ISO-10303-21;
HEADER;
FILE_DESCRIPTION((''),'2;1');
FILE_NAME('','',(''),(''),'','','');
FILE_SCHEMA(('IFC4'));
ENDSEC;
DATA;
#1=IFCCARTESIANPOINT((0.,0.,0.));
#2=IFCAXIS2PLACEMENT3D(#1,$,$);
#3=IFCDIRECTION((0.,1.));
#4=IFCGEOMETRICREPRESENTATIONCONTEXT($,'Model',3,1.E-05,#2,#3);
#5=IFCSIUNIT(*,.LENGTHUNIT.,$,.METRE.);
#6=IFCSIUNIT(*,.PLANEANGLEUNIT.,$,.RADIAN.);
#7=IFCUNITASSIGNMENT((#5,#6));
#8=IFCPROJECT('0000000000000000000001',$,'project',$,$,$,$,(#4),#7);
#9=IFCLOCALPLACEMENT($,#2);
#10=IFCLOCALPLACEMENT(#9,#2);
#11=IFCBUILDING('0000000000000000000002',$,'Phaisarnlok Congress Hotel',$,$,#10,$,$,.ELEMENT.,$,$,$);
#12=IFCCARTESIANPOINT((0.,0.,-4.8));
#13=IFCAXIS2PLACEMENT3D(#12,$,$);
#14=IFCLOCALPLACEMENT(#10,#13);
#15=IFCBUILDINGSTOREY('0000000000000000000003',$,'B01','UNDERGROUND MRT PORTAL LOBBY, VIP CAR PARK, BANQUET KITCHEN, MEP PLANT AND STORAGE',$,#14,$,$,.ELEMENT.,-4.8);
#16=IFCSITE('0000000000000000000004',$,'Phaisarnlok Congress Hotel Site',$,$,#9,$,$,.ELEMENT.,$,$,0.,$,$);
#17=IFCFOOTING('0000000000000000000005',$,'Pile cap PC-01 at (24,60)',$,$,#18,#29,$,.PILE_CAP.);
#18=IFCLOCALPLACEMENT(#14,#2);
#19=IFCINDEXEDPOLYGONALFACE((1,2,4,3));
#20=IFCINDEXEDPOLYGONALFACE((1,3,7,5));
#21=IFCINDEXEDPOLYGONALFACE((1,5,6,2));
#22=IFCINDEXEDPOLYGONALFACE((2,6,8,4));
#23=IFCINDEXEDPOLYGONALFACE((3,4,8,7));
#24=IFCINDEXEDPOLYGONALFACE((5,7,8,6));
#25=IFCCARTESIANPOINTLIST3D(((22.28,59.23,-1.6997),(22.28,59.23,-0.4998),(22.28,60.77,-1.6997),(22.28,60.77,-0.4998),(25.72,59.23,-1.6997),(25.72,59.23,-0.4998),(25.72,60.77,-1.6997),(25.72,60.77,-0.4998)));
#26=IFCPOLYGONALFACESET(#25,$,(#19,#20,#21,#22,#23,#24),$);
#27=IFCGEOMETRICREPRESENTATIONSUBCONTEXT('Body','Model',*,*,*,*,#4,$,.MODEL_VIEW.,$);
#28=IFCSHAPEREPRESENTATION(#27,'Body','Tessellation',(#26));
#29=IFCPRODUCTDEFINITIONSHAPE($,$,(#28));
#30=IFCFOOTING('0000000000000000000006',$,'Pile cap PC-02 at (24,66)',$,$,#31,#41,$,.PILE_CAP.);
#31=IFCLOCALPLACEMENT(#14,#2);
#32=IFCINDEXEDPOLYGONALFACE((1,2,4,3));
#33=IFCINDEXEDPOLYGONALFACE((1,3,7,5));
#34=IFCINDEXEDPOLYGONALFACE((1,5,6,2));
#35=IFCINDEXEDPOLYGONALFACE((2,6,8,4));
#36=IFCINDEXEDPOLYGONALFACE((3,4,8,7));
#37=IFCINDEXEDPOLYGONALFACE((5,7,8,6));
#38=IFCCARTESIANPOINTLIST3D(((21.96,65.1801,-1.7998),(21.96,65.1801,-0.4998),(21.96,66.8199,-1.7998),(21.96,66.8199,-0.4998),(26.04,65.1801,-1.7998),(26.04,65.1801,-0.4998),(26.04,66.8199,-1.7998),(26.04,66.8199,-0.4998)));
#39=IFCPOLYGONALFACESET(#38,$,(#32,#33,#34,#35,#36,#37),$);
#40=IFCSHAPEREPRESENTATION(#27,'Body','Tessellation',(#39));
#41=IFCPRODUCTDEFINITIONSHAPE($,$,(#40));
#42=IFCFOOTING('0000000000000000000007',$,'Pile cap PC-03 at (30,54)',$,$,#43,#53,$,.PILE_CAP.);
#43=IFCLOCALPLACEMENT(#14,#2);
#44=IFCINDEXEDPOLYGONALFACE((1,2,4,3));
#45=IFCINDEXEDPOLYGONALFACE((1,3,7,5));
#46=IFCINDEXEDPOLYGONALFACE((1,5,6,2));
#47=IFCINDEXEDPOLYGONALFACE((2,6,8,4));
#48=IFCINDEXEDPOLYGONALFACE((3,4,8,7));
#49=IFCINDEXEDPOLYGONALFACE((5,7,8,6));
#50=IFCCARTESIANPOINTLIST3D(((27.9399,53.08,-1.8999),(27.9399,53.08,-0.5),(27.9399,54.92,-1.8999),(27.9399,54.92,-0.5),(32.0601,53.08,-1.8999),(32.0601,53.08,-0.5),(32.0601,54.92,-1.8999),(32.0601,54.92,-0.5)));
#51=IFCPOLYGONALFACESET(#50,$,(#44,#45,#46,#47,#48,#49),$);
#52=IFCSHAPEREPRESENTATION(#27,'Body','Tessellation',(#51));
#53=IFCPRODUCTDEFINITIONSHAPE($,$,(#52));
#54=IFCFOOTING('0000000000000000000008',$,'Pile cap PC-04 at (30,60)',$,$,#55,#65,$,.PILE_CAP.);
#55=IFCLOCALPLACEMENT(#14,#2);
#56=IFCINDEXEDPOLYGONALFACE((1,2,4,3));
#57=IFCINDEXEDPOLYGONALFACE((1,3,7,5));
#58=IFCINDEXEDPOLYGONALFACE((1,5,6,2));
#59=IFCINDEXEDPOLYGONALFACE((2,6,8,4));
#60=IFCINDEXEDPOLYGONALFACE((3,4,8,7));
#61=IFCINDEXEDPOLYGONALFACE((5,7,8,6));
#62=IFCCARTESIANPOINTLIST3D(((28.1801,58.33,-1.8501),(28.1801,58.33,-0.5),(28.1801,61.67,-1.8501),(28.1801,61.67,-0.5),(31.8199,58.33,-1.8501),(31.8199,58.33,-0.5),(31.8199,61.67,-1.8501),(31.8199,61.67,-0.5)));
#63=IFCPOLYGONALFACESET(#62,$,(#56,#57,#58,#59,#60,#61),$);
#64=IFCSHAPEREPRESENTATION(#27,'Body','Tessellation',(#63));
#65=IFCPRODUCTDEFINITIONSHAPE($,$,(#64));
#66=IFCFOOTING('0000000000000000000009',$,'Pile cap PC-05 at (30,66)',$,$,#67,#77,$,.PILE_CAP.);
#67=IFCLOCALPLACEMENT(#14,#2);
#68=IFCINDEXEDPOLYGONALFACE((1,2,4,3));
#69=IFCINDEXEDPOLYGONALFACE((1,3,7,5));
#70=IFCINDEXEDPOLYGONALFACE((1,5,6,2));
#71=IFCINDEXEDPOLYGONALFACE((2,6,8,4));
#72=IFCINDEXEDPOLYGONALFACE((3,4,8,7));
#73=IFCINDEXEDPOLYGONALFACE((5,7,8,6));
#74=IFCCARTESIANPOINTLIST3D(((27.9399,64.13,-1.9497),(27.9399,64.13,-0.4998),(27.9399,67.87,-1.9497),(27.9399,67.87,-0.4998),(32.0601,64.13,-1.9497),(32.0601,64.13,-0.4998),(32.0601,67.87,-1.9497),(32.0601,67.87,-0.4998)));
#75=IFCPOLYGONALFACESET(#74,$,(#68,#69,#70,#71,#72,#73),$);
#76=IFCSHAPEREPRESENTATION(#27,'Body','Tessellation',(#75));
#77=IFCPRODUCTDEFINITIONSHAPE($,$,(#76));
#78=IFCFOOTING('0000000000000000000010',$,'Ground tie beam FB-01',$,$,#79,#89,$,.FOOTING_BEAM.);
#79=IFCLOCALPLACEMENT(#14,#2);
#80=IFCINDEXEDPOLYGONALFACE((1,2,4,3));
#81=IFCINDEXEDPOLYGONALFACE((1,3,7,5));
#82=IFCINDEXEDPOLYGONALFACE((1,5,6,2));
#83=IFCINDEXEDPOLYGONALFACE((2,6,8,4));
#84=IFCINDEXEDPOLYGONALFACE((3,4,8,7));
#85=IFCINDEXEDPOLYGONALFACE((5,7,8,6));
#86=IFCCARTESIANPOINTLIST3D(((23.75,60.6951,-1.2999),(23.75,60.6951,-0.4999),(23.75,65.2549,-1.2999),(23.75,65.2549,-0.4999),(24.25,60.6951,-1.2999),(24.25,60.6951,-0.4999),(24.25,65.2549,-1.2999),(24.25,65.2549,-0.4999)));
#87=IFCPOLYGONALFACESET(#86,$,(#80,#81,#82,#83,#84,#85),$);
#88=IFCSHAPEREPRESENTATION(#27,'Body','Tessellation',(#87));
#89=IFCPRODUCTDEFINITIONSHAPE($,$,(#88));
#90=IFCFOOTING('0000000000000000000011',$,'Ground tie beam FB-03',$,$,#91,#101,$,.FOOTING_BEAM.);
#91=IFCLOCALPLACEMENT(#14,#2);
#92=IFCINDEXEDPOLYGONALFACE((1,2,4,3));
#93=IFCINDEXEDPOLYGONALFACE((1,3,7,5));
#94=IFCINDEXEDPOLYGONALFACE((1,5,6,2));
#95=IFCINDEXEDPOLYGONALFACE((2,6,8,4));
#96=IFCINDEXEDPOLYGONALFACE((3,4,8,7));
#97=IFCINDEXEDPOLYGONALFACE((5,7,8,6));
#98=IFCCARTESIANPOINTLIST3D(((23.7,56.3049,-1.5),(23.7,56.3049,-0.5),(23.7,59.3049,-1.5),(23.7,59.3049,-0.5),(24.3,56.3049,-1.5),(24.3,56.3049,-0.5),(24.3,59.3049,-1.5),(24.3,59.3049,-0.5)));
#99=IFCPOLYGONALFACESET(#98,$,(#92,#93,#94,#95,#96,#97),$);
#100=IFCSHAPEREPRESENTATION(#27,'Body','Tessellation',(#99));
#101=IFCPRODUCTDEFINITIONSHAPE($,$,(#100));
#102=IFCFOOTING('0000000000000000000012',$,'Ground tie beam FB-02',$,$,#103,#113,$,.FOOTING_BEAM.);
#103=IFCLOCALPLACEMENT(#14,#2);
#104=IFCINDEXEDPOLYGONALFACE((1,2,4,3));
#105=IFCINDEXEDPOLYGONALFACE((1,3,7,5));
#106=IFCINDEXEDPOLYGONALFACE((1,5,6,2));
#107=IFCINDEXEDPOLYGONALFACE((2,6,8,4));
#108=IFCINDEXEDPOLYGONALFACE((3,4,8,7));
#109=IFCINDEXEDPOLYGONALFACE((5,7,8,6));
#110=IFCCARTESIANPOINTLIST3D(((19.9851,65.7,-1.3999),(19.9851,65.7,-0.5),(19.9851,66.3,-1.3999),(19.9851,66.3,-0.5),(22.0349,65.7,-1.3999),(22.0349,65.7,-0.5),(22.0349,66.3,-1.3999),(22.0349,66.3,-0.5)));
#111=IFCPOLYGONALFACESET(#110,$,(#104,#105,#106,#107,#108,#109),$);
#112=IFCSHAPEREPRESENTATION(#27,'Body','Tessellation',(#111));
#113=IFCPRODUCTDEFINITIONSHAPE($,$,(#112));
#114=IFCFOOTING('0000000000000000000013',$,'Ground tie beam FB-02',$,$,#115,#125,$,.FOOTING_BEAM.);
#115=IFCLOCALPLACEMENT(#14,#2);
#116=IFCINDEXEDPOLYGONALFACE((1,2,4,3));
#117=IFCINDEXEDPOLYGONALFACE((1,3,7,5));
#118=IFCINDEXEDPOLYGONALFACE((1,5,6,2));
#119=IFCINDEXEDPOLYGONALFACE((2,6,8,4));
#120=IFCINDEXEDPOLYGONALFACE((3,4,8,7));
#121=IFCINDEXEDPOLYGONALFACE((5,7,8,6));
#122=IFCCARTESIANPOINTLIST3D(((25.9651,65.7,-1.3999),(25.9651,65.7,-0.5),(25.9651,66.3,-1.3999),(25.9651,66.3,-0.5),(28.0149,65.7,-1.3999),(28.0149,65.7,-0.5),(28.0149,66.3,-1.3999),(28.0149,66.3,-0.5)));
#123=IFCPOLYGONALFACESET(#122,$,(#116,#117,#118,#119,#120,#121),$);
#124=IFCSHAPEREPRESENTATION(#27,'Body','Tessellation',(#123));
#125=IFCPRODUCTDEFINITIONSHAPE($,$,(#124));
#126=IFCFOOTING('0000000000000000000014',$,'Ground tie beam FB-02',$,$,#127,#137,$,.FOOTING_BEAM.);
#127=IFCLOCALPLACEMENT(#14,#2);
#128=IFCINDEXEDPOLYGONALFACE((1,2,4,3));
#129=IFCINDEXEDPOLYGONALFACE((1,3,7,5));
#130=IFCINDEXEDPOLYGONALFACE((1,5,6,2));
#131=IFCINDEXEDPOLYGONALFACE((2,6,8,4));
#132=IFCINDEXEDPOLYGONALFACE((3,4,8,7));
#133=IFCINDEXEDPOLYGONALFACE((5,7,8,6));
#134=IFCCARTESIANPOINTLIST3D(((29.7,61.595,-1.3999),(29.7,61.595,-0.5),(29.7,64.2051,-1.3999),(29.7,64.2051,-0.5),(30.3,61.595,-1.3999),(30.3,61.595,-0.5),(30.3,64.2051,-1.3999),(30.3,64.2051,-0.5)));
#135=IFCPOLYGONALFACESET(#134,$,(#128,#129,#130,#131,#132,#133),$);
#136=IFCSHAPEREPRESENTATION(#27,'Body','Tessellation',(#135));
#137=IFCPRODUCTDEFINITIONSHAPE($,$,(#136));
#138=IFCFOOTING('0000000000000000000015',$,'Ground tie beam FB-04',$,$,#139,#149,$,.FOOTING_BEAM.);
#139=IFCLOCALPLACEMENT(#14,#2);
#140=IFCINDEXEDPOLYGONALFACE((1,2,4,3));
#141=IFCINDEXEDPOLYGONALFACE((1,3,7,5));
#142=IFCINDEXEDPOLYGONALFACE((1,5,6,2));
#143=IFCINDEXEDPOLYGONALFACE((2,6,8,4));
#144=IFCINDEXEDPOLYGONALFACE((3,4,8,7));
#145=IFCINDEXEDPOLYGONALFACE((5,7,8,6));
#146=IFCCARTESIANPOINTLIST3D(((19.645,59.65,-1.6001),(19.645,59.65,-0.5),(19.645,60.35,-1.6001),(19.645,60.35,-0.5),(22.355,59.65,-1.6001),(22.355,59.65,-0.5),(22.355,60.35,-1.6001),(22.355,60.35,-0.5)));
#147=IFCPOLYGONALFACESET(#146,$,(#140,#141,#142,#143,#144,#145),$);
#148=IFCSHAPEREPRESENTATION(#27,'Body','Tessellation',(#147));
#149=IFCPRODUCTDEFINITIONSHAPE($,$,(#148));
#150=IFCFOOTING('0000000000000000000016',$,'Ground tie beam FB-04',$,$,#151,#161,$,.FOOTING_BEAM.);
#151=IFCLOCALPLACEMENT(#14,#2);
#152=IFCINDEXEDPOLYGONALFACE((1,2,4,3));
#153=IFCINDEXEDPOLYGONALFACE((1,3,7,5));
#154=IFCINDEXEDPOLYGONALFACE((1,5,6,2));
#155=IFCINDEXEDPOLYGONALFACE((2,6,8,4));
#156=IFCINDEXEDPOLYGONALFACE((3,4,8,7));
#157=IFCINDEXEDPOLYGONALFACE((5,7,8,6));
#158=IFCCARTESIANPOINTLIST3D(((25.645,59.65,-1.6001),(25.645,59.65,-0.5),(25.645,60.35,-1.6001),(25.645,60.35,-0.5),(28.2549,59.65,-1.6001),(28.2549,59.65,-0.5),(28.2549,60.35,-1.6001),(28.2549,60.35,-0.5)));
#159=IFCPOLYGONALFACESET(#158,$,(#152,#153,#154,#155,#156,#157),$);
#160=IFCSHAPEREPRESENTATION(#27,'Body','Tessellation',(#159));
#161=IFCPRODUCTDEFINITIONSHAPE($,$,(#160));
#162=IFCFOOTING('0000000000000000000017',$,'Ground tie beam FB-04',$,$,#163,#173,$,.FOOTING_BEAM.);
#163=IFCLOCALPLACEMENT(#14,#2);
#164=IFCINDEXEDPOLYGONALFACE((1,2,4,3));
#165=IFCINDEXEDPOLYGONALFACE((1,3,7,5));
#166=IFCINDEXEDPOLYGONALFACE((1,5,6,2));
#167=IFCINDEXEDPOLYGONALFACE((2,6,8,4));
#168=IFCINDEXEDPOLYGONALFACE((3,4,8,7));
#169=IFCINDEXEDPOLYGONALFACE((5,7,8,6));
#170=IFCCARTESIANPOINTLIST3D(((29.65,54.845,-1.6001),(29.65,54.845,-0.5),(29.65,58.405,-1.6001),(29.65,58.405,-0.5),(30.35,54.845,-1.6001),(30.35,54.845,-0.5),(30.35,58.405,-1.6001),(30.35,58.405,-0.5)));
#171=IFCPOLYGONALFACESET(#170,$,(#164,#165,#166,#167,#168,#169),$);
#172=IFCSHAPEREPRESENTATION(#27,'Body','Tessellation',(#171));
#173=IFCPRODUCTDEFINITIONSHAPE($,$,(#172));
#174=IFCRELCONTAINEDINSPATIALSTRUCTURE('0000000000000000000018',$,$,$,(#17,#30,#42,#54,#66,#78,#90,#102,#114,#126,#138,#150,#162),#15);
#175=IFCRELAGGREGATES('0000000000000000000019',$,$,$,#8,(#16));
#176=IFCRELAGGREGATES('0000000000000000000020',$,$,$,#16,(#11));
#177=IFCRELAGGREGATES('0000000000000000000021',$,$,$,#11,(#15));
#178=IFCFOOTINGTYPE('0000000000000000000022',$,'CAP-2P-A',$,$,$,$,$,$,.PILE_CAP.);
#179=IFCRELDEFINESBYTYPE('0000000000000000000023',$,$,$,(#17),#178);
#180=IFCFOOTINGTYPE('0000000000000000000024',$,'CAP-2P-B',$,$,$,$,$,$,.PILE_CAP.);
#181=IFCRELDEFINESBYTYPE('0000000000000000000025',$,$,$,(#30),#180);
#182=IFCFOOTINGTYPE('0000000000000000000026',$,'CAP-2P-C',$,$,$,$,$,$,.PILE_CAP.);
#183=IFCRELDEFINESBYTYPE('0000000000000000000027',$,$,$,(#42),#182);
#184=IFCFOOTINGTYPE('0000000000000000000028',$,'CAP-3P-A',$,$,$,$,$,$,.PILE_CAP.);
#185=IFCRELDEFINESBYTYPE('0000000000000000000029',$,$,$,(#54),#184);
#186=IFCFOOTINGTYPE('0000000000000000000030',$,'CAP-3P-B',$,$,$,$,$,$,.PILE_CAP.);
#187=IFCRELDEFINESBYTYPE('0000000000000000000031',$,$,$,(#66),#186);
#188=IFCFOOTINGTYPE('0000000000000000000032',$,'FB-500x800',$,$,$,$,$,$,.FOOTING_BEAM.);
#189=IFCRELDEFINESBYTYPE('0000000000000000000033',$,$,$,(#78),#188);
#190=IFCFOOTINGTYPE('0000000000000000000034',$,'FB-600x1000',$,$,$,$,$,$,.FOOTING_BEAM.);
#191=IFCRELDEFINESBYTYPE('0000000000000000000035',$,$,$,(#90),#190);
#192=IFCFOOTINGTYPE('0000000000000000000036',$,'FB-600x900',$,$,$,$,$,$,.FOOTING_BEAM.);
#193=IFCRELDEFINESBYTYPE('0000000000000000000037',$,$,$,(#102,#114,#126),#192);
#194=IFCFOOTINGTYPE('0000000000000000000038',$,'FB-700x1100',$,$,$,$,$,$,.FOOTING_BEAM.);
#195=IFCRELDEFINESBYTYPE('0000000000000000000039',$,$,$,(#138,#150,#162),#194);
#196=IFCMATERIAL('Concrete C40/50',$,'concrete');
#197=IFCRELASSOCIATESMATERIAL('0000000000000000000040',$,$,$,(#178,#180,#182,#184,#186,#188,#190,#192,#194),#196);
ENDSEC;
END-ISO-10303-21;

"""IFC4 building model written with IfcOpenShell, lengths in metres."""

from ifc_helpers import new_model, si_unit, direction, frame, origin, origin_2d, place, context, subcontext, project, spatial, rectangle, extrude, material, material_profile, profile_set, type_object, element, save


model = new_model("IFC4")

# Units and contexts
model_context = context("Model", 3, precision=1e-05, world=origin(), true_north=direction((0.0, 1.0)))
body_context = subcontext(model_context, "Body", "Model", "MODEL_VIEW")
ifc_project = project(units=[si_unit("LENGTHUNIT", "METRE"), si_unit("PLANEANGLEUNIT", "RADIAN")], contexts=[model_context])

# Site, building, storey
site_placement = place(None, origin())
site = spatial("IfcSite", under=ifc_project, at=site_placement, Name="Phaisarnlok Congress Hotel Site", CompositionType="ELEMENT", RefElevation=0.0)
building_placement = place(site_placement, origin())
building = spatial("IfcBuilding", under=site, at=building_placement, Name="Phaisarnlok Congress Hotel", CompositionType="ELEMENT")
storey_placement = place(building_placement, frame((0.0, 0.0, -4.8)))
storey = spatial("IfcBuildingStorey", under=building, at=storey_placement, Name="B01", Description="UNDERGROUND MRT PORTAL LOBBY, VIP CAR PARK, BANQUET KITCHEN, MEP PLANT AND STORAGE", CompositionType="ELEMENT", Elevation=-4.8)

# Footings
ifc_material_1 = material(Name="Concrete C40/50", Category="concrete")
footing_type_1 = type_object("IfcFootingType", Name="CAP-2P-A", PredefinedType="PILE_CAP", material=ifc_material_1)
footing_1_placement = place(storey_placement, frame((24.0, 60.0, -1.6997), z_axis=(0.0, 0.0, 1.0), x_axis=(1.0, 0.0, 0.0)))
element("IfcFooting", 1, at=footing_1_placement, inside=storey, type_object=footing_type_1, Name="Pile cap PC-01 at (24,60)", PredefinedType="PILE_CAP", context=body_context, shape_type="SweptSolid", body=[
    extrude(rectangle(XDim=3.4399, YDim=1.54, at=origin_2d()), origin(), (0.0, 0.0, 1.0), 1.2),
])
footing_type_2 = type_object("IfcFootingType", Name="CAP-2P-B", PredefinedType="PILE_CAP", material=ifc_material_1)
footing_2_placement = place(storey_placement, frame((24.0, 66.0, -1.7998), z_axis=(0.0, 0.0, 1.0), x_axis=(1.0, 0.0, 0.0)))
element("IfcFooting", 2, at=footing_2_placement, inside=storey, type_object=footing_type_2, Name="Pile cap PC-02 at (24,66)", PredefinedType="PILE_CAP", context=body_context, shape_type="SweptSolid", body=[
    extrude(rectangle(XDim=4.0801, YDim=1.6399, at=origin_2d()), origin(), (0.0, 0.0, 1.0), 1.3),
])
footing_type_3 = type_object("IfcFootingType", Name="CAP-2P-C", PredefinedType="PILE_CAP", material=ifc_material_1)
footing_3_placement = place(storey_placement, frame((30.0, 54.0, -1.8999), z_axis=(0.0, 0.0, 1.0), x_axis=(1.0, 0.0, 0.0)))
element("IfcFooting", 3, at=footing_3_placement, inside=storey, type_object=footing_type_3, Name="Pile cap PC-03 at (30,54)", PredefinedType="PILE_CAP", context=body_context, shape_type="SweptSolid", body=[
    extrude(rectangle(XDim=4.1201, YDim=1.8401, at=origin_2d()), origin(), (0.0, 0.0, 1.0), 1.3999),
])
footing_type_4 = type_object("IfcFootingType", Name="CAP-3P-A", PredefinedType="PILE_CAP", material=ifc_material_1)
footing_4_placement = place(storey_placement, frame((30.0, 60.0, -1.8501), z_axis=(0.0, 0.0, 1.0), x_axis=(1.0, 0.0, 0.0)))
element("IfcFooting", 4, at=footing_4_placement, inside=storey, type_object=footing_type_4, Name="Pile cap PC-04 at (30,60)", PredefinedType="PILE_CAP", context=body_context, shape_type="SweptSolid", body=[
    extrude(rectangle(XDim=3.6399, YDim=3.3401, at=origin_2d()), origin(), (0.0, 0.0, 1.0), 1.3501),
])
footing_type_5 = type_object("IfcFootingType", Name="CAP-3P-B", PredefinedType="PILE_CAP", material=ifc_material_1)
footing_5_placement = place(storey_placement, frame((30.0, 66.0, -1.9497), z_axis=(0.0, 0.0, 1.0), x_axis=(1.0, 0.0, 0.0)))
element("IfcFooting", 5, at=footing_5_placement, inside=storey, type_object=footing_type_5, Name="Pile cap PC-05 at (30,66)", PredefinedType="PILE_CAP", context=body_context, shape_type="SweptSolid", body=[
    extrude(rectangle(XDim=4.1201, YDim=3.74, at=origin_2d()), origin(), (0.0, 0.0, 1.0), 1.45),
])
ifc_material_profile_1 = material_profile(ifc_material_1, rectangle(XDim=0.5, YDim=0.8, at=origin_2d()), Name="FB-500x800")
ifc_profile_set_1 = profile_set([ifc_material_profile_1], Name="Concrete C40/50")
footing_type_6 = type_object("IfcFootingType", Name="FB-500x800", PredefinedType="FOOTING_BEAM", material=ifc_profile_set_1)
footing_6_placement = place(storey_placement, frame((24.0, 60.6951, -0.8999), z_axis=(0.0, 1.0, 0.0), x_axis=(-1.0, 0.0, 0.0)))
element("IfcFooting", 6, at=footing_6_placement, inside=storey, type_object=footing_type_6, Name="Ground tie beam FB-01", PredefinedType="FOOTING_BEAM", context=body_context, shape_type="SweptSolid", body=[
    extrude(rectangle(XDim=0.5, YDim=0.8, at=origin_2d()), origin(), (0.0, 0.0, 1.0), 4.5598),
])
ifc_material_profile_2 = material_profile(ifc_material_1, rectangle(XDim=0.6001, YDim=1.0, at=origin_2d()), Name="FB-600x1000")
ifc_profile_set_2 = profile_set([ifc_material_profile_2], Name="Concrete C40/50")
footing_type_7 = type_object("IfcFootingType", Name="FB-600x1000", PredefinedType="FOOTING_BEAM", material=ifc_profile_set_2)
footing_7_placement = place(storey_placement, frame((24.0, 56.3049, -1.0), z_axis=(0.0, 1.0, 0.0), x_axis=(-1.0, 0.0, 0.0)))
element("IfcFooting", 7, at=footing_7_placement, inside=storey, type_object=footing_type_7, Name="Ground tie beam FB-03", PredefinedType="FOOTING_BEAM", context=body_context, shape_type="SweptSolid", body=[
    extrude(rectangle(XDim=0.6001, YDim=1.0, at=origin_2d()), origin(), (0.0, 0.0, 1.0), 3.0),
])
ifc_material_profile_3 = material_profile(ifc_material_1, rectangle(XDim=0.6001, YDim=0.8999, at=origin_2d()), Name="FB-600x900")
ifc_profile_set_3 = profile_set([ifc_material_profile_3], Name="Concrete C40/50")
footing_type_8 = type_object("IfcFootingType", Name="FB-600x900", PredefinedType="FOOTING_BEAM", material=ifc_profile_set_3)
for number, where, z_axis, x_axis, name in (
    (8, (19.9851, 66.0, -0.95), (1.0, 0.0, 0.0), (0.0, 1.0, 0.0), "Ground tie beam FB-02"),
    (9, (25.9651, 66.0, -0.95), (1.0, 0.0, 0.0), (0.0, 1.0, 0.0), "Ground tie beam FB-02"),
):
    element("IfcFooting", number, at=place(storey_placement, frame(where, z_axis=z_axis, x_axis=x_axis)), inside=storey, type_object=footing_type_8, Name=name, PredefinedType="FOOTING_BEAM", context=body_context, shape_type="SweptSolid", body=[
        extrude(rectangle(XDim=0.6001, YDim=0.8999, at=origin_2d()), origin(), (0.0, 0.0, 1.0), 2.0498),
    ])
footing_8_placement = place(storey_placement, frame((30.0, 61.595, -0.95), z_axis=(0.0, 1.0, 0.0), x_axis=(-1.0, 0.0, 0.0)))
element("IfcFooting", 10, at=footing_8_placement, inside=storey, type_object=footing_type_8, Name="Ground tie beam FB-02", PredefinedType="FOOTING_BEAM", context=body_context, shape_type="SweptSolid", body=[
    extrude(rectangle(XDim=0.6001, YDim=0.8999, at=origin_2d()), origin(), (0.0, 0.0, 1.0), 2.6101),
])
ifc_material_profile_4 = material_profile(ifc_material_1, rectangle(XDim=0.7, YDim=1.1001, at=origin_2d()), Name="FB-700x1100")
ifc_profile_set_4 = profile_set([ifc_material_profile_4], Name="Concrete C40/50")
footing_type_9 = type_object("IfcFootingType", Name="FB-700x1100", PredefinedType="FOOTING_BEAM", material=ifc_profile_set_4)
footing_9_placement = place(storey_placement, frame((19.645, 60.0, -1.05), z_axis=(1.0, 0.0, 0.0), x_axis=(0.0, 1.0, 0.0)))
element("IfcFooting", 11, at=footing_9_placement, inside=storey, type_object=footing_type_9, Name="Ground tie beam FB-04", PredefinedType="FOOTING_BEAM", context=body_context, shape_type="SweptSolid", body=[
    extrude(rectangle(XDim=0.7, YDim=1.1001, at=origin_2d()), origin(), (0.0, 0.0, 1.0), 2.71),
])
footing_10_placement = place(storey_placement, frame((25.645, 60.0, -1.05), z_axis=(1.0, 0.0, 0.0), x_axis=(0.0, 1.0, 0.0)))
element("IfcFooting", 12, at=footing_10_placement, inside=storey, type_object=footing_type_9, Name="Ground tie beam FB-04", PredefinedType="FOOTING_BEAM", context=body_context, shape_type="SweptSolid", body=[
    extrude(rectangle(XDim=0.7, YDim=1.1001, at=origin_2d()), origin(), (0.0, 0.0, 1.0), 2.6099),
])
footing_11_placement = place(storey_placement, frame((30.0, 54.845, -1.05), z_axis=(0.0, 1.0, 0.0), x_axis=(-1.0, 0.0, 0.0)))
element("IfcFooting", 13, at=footing_11_placement, inside=storey, type_object=footing_type_9, Name="Ground tie beam FB-04", PredefinedType="FOOTING_BEAM", context=body_context, shape_type="SweptSolid", body=[
    extrude(rectangle(XDim=0.7, YDim=1.1001, at=origin_2d()), origin(), (0.0, 0.0, 1.0), 3.5601),
])

save(model, "model.ifc")
